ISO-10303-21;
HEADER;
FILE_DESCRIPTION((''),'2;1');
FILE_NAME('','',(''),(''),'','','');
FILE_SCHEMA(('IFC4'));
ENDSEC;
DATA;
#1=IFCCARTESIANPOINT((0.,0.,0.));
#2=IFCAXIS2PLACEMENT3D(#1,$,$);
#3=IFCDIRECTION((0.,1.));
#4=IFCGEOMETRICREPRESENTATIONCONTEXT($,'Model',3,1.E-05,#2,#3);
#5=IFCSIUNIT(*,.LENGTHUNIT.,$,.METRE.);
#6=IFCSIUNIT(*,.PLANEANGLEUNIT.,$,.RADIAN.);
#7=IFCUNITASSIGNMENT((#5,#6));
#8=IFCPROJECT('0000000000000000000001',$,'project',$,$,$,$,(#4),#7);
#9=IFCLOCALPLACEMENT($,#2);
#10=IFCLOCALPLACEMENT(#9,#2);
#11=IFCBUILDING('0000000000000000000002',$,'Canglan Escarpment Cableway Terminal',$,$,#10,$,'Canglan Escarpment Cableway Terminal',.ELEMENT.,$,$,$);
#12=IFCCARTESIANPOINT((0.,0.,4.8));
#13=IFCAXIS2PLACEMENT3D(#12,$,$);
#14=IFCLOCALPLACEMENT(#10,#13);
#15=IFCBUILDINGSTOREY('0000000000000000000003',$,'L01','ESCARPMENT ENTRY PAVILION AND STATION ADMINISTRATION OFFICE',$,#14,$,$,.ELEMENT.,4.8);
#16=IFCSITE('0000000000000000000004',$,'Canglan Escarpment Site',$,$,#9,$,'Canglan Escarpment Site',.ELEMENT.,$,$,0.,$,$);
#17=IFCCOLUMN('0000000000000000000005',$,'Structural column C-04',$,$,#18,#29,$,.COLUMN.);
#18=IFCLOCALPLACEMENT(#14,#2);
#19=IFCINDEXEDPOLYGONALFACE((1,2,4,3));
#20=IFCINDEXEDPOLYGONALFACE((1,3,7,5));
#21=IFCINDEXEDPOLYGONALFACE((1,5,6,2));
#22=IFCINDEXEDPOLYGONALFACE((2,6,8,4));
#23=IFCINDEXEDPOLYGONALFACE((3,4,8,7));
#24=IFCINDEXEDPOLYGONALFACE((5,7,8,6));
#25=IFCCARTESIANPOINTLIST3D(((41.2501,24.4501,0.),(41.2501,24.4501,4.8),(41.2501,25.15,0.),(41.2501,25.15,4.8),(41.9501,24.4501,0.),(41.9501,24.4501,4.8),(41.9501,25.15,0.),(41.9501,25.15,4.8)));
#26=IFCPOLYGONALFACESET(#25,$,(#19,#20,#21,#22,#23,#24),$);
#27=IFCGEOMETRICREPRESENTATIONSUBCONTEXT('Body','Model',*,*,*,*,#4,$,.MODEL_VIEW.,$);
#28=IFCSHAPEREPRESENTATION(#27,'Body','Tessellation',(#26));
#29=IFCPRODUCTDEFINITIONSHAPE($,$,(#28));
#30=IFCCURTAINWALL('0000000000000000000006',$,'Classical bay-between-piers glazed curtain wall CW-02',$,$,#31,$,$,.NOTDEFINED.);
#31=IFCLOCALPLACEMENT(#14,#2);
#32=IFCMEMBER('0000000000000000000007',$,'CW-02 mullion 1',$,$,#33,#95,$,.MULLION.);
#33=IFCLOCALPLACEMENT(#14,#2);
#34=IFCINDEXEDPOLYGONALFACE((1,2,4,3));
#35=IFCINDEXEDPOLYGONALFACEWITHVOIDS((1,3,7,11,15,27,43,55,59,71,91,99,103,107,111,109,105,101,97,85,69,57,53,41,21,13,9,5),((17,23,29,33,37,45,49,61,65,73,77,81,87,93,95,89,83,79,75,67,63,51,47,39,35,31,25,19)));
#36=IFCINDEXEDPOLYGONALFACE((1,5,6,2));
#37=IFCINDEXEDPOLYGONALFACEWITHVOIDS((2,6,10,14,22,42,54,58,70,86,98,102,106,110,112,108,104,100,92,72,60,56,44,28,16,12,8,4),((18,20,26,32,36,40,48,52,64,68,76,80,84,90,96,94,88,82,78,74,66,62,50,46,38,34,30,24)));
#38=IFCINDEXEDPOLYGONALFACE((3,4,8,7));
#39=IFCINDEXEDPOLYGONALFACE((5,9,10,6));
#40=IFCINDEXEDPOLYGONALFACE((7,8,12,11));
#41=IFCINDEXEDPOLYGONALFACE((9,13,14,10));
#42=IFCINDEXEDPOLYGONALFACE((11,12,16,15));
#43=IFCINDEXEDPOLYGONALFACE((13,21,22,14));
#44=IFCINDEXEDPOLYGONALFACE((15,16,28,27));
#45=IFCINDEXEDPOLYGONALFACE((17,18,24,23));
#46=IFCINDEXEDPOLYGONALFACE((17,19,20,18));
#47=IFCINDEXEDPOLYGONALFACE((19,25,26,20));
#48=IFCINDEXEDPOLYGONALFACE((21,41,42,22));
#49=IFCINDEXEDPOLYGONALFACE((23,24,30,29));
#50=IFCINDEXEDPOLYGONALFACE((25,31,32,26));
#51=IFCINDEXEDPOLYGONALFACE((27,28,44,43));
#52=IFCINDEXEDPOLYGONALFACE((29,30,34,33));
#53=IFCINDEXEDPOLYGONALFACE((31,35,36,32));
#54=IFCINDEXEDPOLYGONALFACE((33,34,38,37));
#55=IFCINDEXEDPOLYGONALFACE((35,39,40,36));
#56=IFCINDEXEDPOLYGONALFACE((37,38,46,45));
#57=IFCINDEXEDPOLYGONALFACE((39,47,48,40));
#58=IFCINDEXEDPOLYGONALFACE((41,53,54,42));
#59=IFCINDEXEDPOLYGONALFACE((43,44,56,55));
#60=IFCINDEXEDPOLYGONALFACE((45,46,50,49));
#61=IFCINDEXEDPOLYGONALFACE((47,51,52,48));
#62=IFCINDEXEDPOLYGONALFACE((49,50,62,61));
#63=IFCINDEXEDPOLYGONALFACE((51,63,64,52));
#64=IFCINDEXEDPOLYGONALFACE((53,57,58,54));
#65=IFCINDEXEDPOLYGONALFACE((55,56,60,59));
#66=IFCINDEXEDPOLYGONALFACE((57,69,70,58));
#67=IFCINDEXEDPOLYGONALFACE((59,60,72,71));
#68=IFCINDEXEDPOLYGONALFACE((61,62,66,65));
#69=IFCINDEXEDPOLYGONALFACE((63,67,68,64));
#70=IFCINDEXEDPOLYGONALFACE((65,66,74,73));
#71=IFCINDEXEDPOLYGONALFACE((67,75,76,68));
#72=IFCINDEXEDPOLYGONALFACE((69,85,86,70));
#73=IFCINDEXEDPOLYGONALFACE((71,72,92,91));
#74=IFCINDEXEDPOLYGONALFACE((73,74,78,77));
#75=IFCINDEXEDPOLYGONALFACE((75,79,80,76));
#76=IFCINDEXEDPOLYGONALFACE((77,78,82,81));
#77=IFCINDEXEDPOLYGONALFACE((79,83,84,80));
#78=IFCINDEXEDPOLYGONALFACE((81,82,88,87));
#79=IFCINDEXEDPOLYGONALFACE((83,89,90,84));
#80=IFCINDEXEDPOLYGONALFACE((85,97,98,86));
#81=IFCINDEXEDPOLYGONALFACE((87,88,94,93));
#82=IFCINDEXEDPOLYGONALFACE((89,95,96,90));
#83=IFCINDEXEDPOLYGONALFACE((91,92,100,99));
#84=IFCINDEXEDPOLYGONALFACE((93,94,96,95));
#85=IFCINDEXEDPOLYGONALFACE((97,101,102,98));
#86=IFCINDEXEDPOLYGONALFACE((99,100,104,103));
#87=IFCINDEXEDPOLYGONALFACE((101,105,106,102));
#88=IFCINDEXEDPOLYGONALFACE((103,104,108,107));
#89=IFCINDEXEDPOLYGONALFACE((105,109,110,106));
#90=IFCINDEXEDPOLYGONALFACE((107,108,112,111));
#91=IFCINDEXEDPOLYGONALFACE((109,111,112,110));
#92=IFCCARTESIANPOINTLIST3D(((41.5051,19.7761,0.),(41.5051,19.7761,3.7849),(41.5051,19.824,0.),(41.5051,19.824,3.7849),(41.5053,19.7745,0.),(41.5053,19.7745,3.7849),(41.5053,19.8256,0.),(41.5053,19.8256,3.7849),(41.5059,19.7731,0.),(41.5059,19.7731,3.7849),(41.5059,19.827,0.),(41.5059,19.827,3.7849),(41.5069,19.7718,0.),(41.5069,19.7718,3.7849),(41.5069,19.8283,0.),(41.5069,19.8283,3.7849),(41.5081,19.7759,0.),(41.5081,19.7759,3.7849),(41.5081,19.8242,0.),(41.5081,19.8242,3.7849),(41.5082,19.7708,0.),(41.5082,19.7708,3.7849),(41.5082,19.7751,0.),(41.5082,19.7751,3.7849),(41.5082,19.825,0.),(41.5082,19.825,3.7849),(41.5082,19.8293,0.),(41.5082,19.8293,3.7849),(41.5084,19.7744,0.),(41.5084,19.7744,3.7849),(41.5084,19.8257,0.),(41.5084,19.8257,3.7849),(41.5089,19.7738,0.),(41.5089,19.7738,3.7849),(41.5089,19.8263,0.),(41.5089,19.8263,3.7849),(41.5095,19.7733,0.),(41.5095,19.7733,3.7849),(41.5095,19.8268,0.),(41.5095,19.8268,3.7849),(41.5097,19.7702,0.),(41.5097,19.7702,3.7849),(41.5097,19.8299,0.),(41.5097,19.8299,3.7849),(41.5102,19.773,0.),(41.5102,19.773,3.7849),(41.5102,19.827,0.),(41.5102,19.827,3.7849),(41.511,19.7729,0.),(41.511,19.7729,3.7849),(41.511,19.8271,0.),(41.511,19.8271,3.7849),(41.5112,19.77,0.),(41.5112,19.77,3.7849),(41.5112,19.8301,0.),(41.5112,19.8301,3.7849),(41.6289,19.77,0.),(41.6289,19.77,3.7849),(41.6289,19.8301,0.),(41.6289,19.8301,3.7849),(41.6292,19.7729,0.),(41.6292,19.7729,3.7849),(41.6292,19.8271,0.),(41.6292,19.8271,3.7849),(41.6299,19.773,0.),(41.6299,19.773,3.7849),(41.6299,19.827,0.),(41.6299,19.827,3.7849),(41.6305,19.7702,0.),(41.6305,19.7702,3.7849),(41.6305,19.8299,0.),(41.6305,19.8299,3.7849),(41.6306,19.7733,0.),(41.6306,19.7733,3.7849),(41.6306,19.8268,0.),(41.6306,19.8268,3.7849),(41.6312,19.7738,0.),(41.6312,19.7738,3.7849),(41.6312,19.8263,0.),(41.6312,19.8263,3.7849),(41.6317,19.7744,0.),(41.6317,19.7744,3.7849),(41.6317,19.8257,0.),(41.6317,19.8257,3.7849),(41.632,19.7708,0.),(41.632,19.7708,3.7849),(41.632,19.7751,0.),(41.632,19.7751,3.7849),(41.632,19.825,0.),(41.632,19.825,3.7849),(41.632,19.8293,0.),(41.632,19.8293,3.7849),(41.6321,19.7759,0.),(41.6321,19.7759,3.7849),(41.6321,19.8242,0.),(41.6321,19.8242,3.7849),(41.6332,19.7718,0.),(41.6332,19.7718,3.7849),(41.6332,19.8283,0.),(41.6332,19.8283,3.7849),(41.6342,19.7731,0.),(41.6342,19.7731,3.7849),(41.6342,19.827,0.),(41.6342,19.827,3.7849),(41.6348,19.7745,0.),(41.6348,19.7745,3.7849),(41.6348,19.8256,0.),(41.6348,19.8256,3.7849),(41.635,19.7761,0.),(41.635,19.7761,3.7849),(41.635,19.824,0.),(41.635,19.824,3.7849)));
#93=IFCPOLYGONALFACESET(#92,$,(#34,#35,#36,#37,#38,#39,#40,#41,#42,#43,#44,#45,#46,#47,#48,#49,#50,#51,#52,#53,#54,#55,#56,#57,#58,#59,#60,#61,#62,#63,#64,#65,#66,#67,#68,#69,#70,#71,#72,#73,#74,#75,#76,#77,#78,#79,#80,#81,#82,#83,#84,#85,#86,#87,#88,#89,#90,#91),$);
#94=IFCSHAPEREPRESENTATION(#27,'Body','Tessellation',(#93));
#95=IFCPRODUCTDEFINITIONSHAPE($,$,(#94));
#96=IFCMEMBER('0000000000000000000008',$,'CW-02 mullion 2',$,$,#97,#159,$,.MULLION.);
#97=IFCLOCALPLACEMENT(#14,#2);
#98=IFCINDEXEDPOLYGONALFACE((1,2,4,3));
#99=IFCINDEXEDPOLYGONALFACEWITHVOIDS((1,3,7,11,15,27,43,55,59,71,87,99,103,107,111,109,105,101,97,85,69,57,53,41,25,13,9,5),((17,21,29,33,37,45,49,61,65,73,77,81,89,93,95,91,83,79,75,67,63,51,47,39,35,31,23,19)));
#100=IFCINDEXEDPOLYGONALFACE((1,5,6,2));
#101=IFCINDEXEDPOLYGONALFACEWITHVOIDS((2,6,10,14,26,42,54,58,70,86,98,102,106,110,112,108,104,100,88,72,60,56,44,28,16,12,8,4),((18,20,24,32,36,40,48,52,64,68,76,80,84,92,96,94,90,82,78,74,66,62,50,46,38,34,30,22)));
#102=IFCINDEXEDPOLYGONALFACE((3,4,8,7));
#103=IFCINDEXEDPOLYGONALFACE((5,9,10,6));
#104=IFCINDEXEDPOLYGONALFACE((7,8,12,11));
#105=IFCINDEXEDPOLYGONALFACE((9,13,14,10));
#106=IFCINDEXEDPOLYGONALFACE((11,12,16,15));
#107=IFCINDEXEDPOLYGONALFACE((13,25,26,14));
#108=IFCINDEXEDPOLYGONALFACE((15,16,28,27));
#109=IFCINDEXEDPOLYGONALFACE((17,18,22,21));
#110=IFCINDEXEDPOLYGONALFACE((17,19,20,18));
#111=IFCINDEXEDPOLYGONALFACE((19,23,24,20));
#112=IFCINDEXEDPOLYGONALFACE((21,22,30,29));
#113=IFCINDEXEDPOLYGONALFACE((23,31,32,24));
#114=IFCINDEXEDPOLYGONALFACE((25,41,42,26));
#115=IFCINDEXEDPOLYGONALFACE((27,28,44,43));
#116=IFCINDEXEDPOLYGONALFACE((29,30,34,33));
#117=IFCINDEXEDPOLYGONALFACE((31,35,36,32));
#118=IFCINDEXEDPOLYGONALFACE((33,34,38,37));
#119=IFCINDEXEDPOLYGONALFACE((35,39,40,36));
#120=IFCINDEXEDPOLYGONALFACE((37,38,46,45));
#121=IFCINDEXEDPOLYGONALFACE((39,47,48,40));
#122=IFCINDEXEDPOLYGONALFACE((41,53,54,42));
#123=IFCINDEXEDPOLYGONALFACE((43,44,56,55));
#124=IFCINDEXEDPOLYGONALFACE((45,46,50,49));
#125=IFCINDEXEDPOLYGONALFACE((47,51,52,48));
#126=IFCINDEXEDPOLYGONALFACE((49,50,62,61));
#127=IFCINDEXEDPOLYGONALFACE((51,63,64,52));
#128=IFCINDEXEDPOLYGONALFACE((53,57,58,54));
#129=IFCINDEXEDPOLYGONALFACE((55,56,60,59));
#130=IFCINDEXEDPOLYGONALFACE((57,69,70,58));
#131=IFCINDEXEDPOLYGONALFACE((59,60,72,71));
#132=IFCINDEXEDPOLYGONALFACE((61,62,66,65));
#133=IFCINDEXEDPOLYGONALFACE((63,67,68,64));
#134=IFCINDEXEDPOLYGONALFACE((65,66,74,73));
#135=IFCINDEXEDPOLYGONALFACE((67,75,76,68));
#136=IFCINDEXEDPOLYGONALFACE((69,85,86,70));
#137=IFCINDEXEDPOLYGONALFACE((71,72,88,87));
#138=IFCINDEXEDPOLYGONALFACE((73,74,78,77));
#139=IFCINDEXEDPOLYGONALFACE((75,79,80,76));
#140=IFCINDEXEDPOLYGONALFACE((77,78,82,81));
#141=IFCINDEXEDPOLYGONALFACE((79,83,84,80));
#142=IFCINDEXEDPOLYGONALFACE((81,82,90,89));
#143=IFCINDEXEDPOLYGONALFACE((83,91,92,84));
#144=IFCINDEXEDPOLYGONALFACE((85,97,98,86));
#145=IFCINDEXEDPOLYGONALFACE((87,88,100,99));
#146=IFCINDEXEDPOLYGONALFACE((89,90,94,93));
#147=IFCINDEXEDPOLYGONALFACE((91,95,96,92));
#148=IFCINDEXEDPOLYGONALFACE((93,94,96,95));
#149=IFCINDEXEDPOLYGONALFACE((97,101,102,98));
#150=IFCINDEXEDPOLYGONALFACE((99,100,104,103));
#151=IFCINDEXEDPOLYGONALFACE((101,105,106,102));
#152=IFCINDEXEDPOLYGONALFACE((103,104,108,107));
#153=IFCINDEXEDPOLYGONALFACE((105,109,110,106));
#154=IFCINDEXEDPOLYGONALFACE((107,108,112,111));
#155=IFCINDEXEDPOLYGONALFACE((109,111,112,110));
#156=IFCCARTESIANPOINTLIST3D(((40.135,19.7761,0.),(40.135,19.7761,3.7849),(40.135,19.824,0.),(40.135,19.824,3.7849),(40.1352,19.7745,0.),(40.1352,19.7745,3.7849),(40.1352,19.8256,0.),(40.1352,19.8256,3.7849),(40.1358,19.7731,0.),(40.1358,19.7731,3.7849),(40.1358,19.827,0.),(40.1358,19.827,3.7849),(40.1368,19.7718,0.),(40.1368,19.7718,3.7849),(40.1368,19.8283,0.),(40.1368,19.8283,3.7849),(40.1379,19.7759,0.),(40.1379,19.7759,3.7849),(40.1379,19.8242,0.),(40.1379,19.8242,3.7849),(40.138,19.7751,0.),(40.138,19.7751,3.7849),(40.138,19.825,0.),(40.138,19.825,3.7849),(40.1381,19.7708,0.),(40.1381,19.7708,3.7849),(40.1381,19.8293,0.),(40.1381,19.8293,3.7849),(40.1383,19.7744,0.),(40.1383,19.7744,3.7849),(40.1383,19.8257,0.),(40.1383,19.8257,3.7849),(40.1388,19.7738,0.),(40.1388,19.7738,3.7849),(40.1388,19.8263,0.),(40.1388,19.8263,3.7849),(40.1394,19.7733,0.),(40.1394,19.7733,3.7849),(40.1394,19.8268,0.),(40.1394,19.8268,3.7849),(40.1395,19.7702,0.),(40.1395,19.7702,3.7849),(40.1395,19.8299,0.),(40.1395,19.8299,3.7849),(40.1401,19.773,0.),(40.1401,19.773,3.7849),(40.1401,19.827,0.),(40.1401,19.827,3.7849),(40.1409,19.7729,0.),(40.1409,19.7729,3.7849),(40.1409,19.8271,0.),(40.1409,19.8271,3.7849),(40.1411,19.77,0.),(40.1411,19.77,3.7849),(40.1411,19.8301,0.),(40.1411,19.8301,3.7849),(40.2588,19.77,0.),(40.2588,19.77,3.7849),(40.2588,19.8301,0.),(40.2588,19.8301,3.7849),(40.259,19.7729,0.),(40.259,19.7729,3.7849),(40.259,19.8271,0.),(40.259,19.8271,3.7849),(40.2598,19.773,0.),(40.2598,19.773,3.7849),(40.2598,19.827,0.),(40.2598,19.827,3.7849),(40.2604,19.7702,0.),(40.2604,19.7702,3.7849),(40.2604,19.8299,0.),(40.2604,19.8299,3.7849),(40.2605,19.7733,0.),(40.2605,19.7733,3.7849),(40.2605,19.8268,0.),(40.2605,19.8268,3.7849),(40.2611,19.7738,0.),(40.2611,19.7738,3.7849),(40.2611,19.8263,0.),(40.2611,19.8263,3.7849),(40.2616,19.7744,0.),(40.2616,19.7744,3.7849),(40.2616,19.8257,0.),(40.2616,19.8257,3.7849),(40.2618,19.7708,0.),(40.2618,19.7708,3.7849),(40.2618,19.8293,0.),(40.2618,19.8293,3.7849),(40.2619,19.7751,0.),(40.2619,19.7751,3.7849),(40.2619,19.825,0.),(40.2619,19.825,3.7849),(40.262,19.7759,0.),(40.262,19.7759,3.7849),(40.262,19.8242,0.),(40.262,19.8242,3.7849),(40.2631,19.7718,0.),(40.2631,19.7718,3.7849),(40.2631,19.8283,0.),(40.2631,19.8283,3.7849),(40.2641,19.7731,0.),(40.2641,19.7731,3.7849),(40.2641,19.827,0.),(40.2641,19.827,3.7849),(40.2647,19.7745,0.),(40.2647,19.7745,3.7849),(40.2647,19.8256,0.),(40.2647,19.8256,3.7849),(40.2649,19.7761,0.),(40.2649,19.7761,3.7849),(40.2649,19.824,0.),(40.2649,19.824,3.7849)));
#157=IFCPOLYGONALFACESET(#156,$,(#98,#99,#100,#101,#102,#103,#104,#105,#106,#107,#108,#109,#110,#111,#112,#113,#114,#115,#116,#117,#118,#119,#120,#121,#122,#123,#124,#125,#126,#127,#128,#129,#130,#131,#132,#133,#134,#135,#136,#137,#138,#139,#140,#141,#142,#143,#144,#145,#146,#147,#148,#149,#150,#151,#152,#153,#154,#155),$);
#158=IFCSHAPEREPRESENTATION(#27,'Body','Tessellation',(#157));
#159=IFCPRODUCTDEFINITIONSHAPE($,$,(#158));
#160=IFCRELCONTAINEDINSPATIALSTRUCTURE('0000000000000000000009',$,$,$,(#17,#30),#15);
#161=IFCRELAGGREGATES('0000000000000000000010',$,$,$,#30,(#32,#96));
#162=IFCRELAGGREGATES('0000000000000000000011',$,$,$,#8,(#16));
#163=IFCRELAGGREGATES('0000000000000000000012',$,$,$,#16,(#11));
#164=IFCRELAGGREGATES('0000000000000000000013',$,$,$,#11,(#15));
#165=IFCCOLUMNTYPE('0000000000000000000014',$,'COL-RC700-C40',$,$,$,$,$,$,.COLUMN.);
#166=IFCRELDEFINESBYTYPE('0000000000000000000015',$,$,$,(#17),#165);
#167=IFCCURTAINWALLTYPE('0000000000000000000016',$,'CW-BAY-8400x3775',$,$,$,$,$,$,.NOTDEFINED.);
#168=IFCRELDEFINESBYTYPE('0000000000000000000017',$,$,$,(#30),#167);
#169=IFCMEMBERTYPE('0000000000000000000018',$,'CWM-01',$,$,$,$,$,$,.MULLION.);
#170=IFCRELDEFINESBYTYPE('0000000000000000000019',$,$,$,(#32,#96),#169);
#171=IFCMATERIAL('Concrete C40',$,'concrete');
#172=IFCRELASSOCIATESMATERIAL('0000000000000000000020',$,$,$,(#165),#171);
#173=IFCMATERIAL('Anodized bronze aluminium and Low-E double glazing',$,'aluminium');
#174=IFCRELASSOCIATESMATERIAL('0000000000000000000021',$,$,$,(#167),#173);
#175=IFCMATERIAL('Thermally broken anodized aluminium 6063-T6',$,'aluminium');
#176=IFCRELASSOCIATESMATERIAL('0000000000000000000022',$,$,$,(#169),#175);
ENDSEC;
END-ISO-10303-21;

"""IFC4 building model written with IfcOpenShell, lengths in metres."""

from ifc_helpers import new_model, si_unit, direction, frame, origin, origin_2d, place, context, subcontext, project, spatial, rectangle, hollow_rectangle, extrude, material, material_profile, profile_set, type_object, element, aggregate, save


model = new_model("IFC4")

# Units and contexts
model_context = context("Model", 3, precision=1e-05, world=origin(), true_north=direction((0.0, 1.0)))
body_context = subcontext(model_context, "Body", "Model", "MODEL_VIEW")
ifc_project = project(units=[si_unit("LENGTHUNIT", "METRE"), si_unit("PLANEANGLEUNIT", "RADIAN")], contexts=[model_context])

# Site, building, storey
site_placement = place(None, origin())
site = spatial("IfcSite", under=ifc_project, at=site_placement, Name="Canglan Escarpment Site", LongName="Canglan Escarpment Site", CompositionType="ELEMENT", RefElevation=0.0)
building_placement = place(site_placement, origin())
building = spatial("IfcBuilding", under=site, at=building_placement, Name="Canglan Escarpment Cableway Terminal", LongName="Canglan Escarpment Cableway Terminal", CompositionType="ELEMENT")
storey_placement = place(building_placement, frame((0.0, 0.0, 4.8)))
storey = spatial("IfcBuildingStorey", under=building, at=storey_placement, Name="L01", Description="ESCARPMENT ENTRY PAVILION AND STATION ADMINISTRATION OFFICE", CompositionType="ELEMENT", Elevation=4.8)

# Column
ifc_material_1 = material(Name="Concrete C40", Category="concrete")
ifc_material_profile_1 = material_profile(ifc_material_1, rectangle(XDim=0.7, YDim=0.7, at=origin_2d()), Name="RC 700x700")
ifc_profile_set_1 = profile_set([ifc_material_profile_1], Name="Concrete C40")
column_type = type_object("IfcColumnType", Name="COL-RC700-C40", PredefinedType="COLUMN", material=ifc_profile_set_1)
column_placement = place(storey_placement, frame((41.6001, 24.8, 0.0), z_axis=(0.0, 0.0, 1.0), x_axis=(1.0, 0.0, 0.0)))
element("IfcColumn", 1, at=column_placement, inside=storey, type_object=column_type, Name="Structural column C-04", PredefinedType="COLUMN", context=body_context, shape_type="SweptSolid", body=[
    extrude(rectangle(XDim=0.7, YDim=0.7, at=origin_2d()), origin(), (0.0, 0.0, 1.0), 4.8),
])

# Curtain wall, members
ifc_material_2 = material(Name="Anodized bronze aluminium and Low-E double glazing", Category="aluminium")
curtain_wall_type = type_object("IfcCurtainWallType", Name="CW-BAY-8400x3775", PredefinedType="NOTDEFINED", material=ifc_material_2)
curtain_wall_placement = place(storey_placement, origin())
curtain_wall = element("IfcCurtainWall", 2, at=curtain_wall_placement, inside=storey, type_object=curtain_wall_type, Name="Classical bay-between-piers glazed curtain wall CW-02", PredefinedType="NOTDEFINED")
ifc_material_3 = material(Name="Thermally broken anodized aluminium 6063-T6", Category="aluminium")
ifc_material_profile_2 = material_profile(ifc_material_3, hollow_rectangle(XDim=0.0601, YDim=0.1299, WallThickness=0.0029, InnerFilletRadius=0.0029, OuterFilletRadius=0.0061, at=origin_2d()), Name="ALU-MULL 60x130x3")
ifc_profile_set_2 = profile_set([ifc_material_profile_2], Name="Thermally broken anodized aluminium 6063-T6")
member_type_1 = type_object("IfcMemberType", Name="CWM-01", PredefinedType="MULLION", material=ifc_profile_set_2)
member_1_placement = place(storey_placement, frame((41.5701, 19.8, 0.0), z_axis=(0.0, 0.0, 1.0), x_axis=(0.0, -1.0, 0.0)))
member_1 = element("IfcMember", 3, at=member_1_placement, type_object=member_type_1, Name="CW-02 mullion 1", PredefinedType="MULLION", context=body_context, shape_type="SweptSolid", body=[
    extrude(hollow_rectangle(XDim=0.0601, YDim=0.1299, WallThickness=0.0029, InnerFilletRadius=0.0029, OuterFilletRadius=0.0061, at=origin_2d()), origin(), (0.0, 0.0, 1.0), 3.7849),
])
member_2_placement = place(storey_placement, frame((40.2, 19.8, 0.0), z_axis=(0.0, 0.0, 1.0), x_axis=(0.0, -1.0, 0.0)))
member_2 = element("IfcMember", 4, at=member_2_placement, type_object=member_type_1, Name="CW-02 mullion 2", PredefinedType="MULLION", context=body_context, shape_type="SweptSolid", body=[
    extrude(hollow_rectangle(XDim=0.0601, YDim=0.1299, WallThickness=0.0029, InnerFilletRadius=0.0029, OuterFilletRadius=0.0061, at=origin_2d()), origin(), (0.0, 0.0, 1.0), 3.7849),
])
aggregate(curtain_wall, [member_1, member_2])

save(model, "model.ifc")
